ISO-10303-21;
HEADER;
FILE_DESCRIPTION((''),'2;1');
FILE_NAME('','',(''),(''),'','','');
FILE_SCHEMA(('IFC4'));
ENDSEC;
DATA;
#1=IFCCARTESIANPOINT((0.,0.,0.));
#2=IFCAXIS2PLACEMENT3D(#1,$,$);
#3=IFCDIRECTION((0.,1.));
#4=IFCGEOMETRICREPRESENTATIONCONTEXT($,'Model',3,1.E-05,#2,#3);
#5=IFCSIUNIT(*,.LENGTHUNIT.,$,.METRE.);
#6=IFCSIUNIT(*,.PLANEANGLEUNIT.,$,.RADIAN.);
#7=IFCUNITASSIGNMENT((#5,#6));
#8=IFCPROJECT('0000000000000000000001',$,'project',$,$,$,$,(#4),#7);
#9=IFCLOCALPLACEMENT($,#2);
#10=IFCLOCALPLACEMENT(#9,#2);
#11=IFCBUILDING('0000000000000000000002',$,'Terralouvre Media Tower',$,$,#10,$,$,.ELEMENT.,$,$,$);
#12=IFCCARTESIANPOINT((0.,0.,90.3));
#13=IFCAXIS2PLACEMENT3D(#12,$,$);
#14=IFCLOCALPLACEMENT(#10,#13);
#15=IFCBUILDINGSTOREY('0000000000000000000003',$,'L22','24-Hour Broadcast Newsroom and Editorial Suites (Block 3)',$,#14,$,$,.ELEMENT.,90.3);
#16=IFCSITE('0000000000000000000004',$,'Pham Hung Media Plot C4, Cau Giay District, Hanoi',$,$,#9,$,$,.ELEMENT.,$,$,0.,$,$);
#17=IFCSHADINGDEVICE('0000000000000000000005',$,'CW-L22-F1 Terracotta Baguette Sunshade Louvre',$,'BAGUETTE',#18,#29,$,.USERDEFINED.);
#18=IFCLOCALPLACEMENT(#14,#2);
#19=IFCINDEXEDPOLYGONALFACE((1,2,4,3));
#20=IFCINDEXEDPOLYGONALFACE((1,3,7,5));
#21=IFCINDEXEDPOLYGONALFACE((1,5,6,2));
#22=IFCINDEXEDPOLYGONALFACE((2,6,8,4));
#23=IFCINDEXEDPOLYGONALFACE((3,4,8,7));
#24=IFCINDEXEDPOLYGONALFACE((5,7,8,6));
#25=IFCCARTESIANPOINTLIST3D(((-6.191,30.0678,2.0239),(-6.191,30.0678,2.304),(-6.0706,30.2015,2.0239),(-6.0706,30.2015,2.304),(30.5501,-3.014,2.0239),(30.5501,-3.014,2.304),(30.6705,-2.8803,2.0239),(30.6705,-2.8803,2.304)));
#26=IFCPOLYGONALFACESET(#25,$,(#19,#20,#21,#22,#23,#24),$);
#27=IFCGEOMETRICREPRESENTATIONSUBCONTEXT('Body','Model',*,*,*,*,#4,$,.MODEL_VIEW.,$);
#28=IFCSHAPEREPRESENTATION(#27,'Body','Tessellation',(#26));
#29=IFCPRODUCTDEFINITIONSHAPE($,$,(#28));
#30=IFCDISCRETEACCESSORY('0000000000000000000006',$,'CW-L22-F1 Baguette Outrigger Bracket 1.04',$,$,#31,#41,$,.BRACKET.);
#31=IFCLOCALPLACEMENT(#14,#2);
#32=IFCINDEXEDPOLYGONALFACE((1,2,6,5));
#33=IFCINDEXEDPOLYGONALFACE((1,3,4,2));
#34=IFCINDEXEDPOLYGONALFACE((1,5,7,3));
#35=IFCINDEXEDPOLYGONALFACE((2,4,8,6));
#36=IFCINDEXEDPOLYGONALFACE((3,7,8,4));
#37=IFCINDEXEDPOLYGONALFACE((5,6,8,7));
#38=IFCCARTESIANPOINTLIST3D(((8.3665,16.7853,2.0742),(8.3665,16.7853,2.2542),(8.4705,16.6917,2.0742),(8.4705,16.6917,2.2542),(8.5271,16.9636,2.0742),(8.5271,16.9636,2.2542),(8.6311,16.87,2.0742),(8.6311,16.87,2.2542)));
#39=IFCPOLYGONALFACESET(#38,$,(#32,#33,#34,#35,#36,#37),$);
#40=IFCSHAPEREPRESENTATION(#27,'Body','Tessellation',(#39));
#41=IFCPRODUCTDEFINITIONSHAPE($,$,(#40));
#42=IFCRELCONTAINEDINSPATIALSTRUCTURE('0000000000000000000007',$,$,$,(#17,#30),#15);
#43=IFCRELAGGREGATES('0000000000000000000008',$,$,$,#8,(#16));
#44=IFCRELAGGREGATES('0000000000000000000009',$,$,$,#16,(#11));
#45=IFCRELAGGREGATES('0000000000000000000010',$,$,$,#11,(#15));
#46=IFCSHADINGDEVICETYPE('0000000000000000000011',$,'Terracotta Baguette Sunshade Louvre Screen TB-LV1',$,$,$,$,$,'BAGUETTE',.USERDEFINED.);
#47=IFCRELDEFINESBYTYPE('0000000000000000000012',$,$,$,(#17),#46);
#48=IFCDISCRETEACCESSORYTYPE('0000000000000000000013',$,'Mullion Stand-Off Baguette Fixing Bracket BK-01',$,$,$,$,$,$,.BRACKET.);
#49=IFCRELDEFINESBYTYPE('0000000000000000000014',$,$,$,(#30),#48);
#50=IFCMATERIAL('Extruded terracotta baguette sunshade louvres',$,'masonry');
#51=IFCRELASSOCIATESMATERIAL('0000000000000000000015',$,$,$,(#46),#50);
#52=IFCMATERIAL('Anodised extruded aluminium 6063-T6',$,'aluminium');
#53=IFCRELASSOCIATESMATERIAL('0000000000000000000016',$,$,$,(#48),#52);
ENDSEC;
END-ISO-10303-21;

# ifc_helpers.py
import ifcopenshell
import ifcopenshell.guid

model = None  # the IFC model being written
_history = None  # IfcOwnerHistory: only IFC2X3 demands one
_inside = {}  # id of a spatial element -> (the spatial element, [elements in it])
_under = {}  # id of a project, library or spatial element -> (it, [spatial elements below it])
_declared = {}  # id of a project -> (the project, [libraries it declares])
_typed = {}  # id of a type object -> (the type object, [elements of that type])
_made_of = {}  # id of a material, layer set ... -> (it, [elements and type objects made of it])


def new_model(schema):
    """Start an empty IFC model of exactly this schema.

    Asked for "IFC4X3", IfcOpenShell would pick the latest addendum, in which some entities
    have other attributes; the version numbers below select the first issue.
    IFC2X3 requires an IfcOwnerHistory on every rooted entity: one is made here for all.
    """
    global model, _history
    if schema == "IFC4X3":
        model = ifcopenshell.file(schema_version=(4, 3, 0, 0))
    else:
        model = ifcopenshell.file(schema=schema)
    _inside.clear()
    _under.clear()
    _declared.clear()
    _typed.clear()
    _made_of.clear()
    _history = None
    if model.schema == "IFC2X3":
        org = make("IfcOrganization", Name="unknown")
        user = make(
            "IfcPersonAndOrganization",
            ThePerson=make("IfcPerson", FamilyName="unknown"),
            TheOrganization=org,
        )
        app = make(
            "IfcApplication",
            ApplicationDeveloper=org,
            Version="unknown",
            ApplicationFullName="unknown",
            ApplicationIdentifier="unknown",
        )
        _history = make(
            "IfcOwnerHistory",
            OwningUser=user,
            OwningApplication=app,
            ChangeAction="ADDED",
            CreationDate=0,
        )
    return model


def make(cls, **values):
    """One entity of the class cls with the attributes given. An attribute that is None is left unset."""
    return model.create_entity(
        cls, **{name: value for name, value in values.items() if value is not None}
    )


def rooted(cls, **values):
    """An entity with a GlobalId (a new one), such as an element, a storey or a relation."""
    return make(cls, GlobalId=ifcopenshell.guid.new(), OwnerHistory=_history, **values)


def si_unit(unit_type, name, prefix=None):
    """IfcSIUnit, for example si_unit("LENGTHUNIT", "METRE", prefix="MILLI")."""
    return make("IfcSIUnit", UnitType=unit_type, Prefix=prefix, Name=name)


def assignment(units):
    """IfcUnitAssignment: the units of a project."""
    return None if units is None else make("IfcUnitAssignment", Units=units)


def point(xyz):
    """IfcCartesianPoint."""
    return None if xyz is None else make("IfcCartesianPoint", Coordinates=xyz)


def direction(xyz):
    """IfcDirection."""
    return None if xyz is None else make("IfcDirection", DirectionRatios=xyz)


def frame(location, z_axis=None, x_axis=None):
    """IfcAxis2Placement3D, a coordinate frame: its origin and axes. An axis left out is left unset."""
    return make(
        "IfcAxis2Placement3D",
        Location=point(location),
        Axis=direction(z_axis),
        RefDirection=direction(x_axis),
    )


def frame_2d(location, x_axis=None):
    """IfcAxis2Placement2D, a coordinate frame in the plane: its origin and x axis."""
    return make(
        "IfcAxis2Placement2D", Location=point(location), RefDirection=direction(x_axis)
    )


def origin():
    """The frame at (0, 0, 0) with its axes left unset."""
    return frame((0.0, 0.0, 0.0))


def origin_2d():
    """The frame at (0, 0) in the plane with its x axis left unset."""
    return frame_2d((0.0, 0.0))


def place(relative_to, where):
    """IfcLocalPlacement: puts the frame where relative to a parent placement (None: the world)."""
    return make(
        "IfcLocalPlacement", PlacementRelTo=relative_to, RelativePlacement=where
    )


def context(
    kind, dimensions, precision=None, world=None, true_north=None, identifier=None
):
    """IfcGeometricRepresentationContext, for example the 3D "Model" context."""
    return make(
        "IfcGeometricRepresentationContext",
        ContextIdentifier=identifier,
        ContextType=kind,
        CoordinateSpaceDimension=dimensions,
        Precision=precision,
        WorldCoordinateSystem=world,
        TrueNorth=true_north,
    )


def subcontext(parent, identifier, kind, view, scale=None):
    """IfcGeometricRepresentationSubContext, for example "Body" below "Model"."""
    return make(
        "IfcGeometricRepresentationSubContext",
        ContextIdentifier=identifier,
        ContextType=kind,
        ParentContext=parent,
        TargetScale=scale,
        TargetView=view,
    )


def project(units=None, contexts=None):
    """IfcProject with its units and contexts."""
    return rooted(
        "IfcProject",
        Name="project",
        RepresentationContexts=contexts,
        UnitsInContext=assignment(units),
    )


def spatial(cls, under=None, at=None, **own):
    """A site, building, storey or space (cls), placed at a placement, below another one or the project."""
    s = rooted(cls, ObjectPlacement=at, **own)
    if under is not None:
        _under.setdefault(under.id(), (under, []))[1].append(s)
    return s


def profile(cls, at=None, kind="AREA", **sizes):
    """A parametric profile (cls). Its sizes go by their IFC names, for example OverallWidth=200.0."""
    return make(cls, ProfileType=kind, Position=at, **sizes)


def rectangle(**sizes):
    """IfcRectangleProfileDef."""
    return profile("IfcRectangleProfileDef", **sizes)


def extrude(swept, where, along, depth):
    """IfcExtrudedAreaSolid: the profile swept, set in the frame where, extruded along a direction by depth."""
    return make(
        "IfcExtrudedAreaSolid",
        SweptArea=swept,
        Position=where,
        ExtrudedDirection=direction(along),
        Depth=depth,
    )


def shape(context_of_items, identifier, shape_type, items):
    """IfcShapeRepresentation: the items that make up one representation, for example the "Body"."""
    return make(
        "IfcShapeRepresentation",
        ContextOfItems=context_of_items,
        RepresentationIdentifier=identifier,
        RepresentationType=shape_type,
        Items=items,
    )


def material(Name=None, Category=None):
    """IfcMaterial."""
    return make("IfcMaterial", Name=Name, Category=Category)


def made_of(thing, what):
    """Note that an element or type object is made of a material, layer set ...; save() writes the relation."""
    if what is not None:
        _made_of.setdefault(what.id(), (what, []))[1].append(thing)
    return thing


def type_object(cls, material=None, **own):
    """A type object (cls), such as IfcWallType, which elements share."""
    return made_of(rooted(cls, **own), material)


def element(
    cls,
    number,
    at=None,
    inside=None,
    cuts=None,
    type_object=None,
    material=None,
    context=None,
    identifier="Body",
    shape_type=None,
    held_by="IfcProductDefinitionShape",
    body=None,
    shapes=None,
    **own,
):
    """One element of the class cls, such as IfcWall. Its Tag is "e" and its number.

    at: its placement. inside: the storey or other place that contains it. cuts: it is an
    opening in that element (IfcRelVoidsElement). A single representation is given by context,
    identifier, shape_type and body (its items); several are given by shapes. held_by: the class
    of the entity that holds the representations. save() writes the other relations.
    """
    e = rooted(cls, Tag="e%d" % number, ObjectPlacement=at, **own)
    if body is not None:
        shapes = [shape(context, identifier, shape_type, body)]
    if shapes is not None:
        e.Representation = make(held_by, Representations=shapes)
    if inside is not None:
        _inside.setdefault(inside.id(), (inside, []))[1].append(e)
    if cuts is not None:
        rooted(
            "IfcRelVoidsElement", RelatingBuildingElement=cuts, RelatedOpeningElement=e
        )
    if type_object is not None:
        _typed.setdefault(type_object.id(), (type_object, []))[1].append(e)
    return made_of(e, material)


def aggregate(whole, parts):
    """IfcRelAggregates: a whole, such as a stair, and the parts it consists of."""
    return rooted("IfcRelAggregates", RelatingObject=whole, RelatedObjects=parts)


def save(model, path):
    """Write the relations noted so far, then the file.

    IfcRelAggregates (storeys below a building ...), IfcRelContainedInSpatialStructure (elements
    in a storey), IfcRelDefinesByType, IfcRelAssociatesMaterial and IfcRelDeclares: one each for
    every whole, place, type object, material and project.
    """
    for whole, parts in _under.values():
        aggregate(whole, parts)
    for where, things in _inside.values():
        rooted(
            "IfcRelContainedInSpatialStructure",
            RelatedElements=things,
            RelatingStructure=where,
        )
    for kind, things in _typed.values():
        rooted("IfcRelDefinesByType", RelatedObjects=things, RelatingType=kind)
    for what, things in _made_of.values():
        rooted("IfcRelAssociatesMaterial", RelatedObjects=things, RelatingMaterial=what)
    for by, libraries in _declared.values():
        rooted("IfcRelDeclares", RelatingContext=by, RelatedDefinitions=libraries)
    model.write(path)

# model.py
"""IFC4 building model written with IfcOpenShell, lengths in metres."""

from ifc_helpers import new_model, si_unit, direction, frame, origin, origin_2d, place, context, subcontext, project, spatial, rectangle, extrude, material, type_object, element, save


model = new_model("IFC4")

# Units and contexts
model_context = context("Model", 3, precision=1e-05, world=origin(), true_north=direction((0.0, 1.0)))
body_context = subcontext(model_context, "Body", "Model", "MODEL_VIEW")
ifc_project = project(units=[si_unit("LENGTHUNIT", "METRE"), si_unit("PLANEANGLEUNIT", "RADIAN")], contexts=[model_context])

# Site, building, storey
site_placement = place(None, origin())
site = spatial("IfcSite", under=ifc_project, at=site_placement, Name="Pham Hung Media Plot C4, Cau Giay District, Hanoi", CompositionType="ELEMENT", RefElevation=0.0)
building_placement = place(site_placement, origin())
building = spatial("IfcBuilding", under=site, at=building_placement, Name="Terralouvre Media Tower", CompositionType="ELEMENT")
storey_placement = place(building_placement, frame((0.0, 0.0, 90.3)))
storey = spatial("IfcBuildingStorey", under=building, at=storey_placement, Name="L22", Description="24-Hour Broadcast Newsroom and Editorial Suites (Block 3)", CompositionType="ELEMENT", Elevation=90.3)

# Shading device
ifc_material_1 = material(Name="Extruded terracotta baguette sunshade louvres", Category="masonry")
shading_device_type = type_object("IfcShadingDeviceType", Name="Terracotta Baguette Sunshade Louvre Screen TB-LV1", ElementType="BAGUETTE", PredefinedType="USERDEFINED", material=ifc_material_1)
shading_device_placement = place(storey_placement, frame((12.2397, 13.5938, 2.0239), z_axis=(0.0, 0.0, 1.0), x_axis=(-0.743145, 0.669131, 0.0)))
element("IfcShadingDevice", 1, at=shading_device_placement, inside=storey, type_object=shading_device_type, Name="CW-L22-F1 Terracotta Baguette Sunshade Louvre", ObjectType="BAGUETTE", PredefinedType="USERDEFINED", context=body_context, shape_type="SweptSolid", body=[
    extrude(rectangle(XDim=49.4399, YDim=0.1799, at=origin_2d()), origin(), (0.0, 0.0, 1.0), 0.28),
])

# Discrete accessory
ifc_material_2 = material(Name="Anodised extruded aluminium 6063-T6", Category="aluminium")
discrete_accessory_type = type_object("IfcDiscreteAccessoryType", Name="Mullion Stand-Off Baguette Fixing Bracket BK-01", PredefinedType="BRACKET", material=ifc_material_2)
discrete_accessory_placement = place(storey_placement, frame((8.4988, 16.8276, 2.0742), z_axis=(0.0, 0.0, 1.0), x_axis=(-0.743145, 0.669131, 0.0)))
element("IfcDiscreteAccessory", 2, at=discrete_accessory_placement, inside=storey, type_object=discrete_accessory_type, Name="CW-L22-F1 Baguette Outrigger Bracket 1.04", PredefinedType="BRACKET", context=body_context, shape_type="SweptSolid", body=[
    extrude(rectangle(XDim=0.1399, YDim=0.24, at=origin_2d()), origin(), (0.0, 0.0, 1.0), 0.1799),
])

save(model, "model.ifc")
